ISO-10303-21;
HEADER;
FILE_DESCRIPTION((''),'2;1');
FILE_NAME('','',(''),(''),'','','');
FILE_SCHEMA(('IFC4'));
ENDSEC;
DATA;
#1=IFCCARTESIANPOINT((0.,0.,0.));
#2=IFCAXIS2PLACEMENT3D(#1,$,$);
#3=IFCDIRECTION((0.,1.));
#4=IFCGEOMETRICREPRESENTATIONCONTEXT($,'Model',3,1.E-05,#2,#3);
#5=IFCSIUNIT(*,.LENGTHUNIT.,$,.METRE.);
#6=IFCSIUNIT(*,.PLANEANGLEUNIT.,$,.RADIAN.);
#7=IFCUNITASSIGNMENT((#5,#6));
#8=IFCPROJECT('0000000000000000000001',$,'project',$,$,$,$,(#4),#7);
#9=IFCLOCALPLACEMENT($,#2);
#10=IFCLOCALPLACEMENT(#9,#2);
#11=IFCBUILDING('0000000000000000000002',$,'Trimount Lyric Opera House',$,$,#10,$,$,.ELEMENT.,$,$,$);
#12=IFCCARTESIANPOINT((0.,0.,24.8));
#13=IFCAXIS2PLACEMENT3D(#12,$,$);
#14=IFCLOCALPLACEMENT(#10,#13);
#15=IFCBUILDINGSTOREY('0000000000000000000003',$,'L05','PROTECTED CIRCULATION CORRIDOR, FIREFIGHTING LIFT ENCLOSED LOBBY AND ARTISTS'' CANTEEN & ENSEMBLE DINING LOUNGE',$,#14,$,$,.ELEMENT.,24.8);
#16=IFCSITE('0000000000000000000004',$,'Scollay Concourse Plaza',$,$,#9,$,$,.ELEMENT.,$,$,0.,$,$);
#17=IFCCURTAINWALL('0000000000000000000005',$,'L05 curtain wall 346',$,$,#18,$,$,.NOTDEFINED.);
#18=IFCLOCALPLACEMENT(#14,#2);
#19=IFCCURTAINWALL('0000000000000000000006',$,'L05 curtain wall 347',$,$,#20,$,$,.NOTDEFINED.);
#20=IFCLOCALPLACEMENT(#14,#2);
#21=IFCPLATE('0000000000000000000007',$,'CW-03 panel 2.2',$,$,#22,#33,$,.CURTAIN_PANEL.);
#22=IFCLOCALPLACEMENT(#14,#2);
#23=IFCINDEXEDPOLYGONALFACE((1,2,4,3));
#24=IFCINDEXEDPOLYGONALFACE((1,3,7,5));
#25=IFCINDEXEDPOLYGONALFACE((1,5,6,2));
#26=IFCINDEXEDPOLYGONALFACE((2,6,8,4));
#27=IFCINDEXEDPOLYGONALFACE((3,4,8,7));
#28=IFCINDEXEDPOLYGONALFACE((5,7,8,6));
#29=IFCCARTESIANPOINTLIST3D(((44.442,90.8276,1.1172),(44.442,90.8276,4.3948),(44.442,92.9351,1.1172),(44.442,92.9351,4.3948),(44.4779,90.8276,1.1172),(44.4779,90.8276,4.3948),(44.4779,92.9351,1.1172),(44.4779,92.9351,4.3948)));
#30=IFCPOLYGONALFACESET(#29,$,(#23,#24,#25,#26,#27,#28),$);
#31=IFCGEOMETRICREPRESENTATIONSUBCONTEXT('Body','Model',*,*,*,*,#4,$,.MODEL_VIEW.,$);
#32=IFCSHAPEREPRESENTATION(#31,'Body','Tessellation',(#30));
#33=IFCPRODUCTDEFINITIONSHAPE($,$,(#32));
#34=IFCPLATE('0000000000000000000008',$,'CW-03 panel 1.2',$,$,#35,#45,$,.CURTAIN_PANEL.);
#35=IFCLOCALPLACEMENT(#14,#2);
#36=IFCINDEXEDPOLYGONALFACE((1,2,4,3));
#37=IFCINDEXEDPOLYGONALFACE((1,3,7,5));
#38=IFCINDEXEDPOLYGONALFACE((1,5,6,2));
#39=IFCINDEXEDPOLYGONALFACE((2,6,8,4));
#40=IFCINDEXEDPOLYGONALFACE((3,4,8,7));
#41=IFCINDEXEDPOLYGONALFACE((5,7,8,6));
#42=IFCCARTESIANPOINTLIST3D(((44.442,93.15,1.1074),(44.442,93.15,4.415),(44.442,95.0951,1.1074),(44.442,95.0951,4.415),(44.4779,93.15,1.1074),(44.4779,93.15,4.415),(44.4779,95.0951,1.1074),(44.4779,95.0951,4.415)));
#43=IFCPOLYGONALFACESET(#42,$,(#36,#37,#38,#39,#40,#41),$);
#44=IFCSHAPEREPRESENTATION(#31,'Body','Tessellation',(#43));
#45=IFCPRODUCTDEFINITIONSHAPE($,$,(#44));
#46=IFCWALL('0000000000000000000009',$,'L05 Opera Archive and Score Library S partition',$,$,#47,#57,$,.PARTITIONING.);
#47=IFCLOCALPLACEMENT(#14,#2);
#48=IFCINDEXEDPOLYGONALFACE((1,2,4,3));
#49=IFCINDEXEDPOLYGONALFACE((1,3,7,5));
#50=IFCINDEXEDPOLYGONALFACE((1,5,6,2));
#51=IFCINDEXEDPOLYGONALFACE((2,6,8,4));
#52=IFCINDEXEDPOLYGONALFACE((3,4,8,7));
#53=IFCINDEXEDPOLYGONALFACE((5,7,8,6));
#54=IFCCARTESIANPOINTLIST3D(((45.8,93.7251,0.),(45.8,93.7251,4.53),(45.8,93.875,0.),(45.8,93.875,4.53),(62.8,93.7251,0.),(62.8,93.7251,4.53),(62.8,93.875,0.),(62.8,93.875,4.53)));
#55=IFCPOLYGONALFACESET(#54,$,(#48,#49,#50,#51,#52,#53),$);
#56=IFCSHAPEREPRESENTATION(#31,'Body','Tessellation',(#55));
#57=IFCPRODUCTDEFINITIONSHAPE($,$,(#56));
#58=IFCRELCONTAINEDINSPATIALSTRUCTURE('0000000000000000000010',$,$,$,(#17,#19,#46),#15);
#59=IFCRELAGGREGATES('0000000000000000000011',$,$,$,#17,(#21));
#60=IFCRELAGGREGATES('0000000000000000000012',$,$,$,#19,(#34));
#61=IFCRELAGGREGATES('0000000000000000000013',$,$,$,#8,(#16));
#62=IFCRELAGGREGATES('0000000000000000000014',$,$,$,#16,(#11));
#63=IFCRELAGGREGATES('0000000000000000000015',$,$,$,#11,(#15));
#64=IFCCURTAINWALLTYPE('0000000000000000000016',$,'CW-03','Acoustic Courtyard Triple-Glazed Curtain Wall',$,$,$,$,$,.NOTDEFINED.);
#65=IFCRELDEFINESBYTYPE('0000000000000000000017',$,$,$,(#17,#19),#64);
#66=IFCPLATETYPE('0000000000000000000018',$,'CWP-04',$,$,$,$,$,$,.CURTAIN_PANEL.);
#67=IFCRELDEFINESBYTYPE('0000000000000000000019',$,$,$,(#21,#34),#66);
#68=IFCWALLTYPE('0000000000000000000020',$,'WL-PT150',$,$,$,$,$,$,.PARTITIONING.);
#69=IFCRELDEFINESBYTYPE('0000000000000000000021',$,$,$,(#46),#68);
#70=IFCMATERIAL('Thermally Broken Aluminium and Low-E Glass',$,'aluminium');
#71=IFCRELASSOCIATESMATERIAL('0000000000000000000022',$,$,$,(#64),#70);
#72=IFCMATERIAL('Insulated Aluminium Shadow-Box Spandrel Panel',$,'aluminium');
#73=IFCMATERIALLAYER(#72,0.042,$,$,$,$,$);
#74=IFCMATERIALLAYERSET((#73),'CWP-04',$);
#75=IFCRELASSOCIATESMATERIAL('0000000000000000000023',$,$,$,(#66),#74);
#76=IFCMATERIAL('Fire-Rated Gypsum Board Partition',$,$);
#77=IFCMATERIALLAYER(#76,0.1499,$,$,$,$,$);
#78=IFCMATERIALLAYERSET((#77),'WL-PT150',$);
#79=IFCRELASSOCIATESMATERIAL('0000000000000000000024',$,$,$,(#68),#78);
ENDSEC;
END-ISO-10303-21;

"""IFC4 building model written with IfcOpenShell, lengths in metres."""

from ifc_helpers import new_model, si_unit, direction, frame, frame_2d, origin, origin_2d, place, context, subcontext, project, spatial, rectangle, extrude, material, layer, layer_set, type_object, element, aggregate, save


model = new_model("IFC4")

# Units and contexts
model_context = context("Model", 3, precision=1e-05, world=origin(), true_north=direction((0.0, 1.0)))
body_context = subcontext(model_context, "Body", "Model", "MODEL_VIEW")
ifc_project = project(units=[si_unit("LENGTHUNIT", "METRE"), si_unit("PLANEANGLEUNIT", "RADIAN")], contexts=[model_context])

# Site, building, storey
site_placement = place(None, origin())
site = spatial("IfcSite", under=ifc_project, at=site_placement, Name="Scollay Concourse Plaza", CompositionType="ELEMENT", RefElevation=0.0)
building_placement = place(site_placement, origin())
building = spatial("IfcBuilding", under=site, at=building_placement, Name="Trimount Lyric Opera House", CompositionType="ELEMENT")
storey_placement = place(building_placement, frame((0.0, 0.0, 24.8)))
storey = spatial("IfcBuildingStorey", under=building, at=storey_placement, Name="L05", Description="PROTECTED CIRCULATION CORRIDOR, FIREFIGHTING LIFT ENCLOSED LOBBY AND ARTISTS' CANTEEN & ENSEMBLE DINING LOUNGE", CompositionType="ELEMENT", Elevation=24.8)

# Curtain wall
ifc_material_1 = material(Name="Thermally Broken Aluminium and Low-E Glass", Category="aluminium")
curtain_wall_type = type_object("IfcCurtainWallType", Name="CW-03", Description="Acoustic Courtyard Triple-Glazed Curtain Wall", PredefinedType="NOTDEFINED", material=ifc_material_1)
curtain_wall_1_placement = place(storey_placement, origin())
curtain_wall_1 = element("IfcCurtainWall", 1, at=curtain_wall_1_placement, inside=storey, type_object=curtain_wall_type, Name="L05 curtain wall 346", PredefinedType="NOTDEFINED")

# Curtain wall
curtain_wall_2_placement = place(storey_placement, origin())
curtain_wall_2 = element("IfcCurtainWall", 2, at=curtain_wall_2_placement, inside=storey, type_object=curtain_wall_type, Name="L05 curtain wall 347", PredefinedType="NOTDEFINED")

# Plates
ifc_material_2 = material(Name="Insulated Aluminium Shadow-Box Spandrel Panel", Category="aluminium")
ifc_layer_1 = layer(ifc_material_2, 0.042)
ifc_layer_set_1 = layer_set([ifc_layer_1], Name="CWP-04")
plate_type_1 = type_object("IfcPlateType", Name="CWP-04", PredefinedType="CURTAIN_PANEL", material=ifc_layer_set_1)
plate_1_placement = place(storey_placement, frame((44.46, 91.8813, 1.1172), z_axis=(0.0, 0.0, 1.0), x_axis=(0.0, 1.0, 0.0)))
plate_1 = element("IfcPlate", 3, at=plate_1_placement, type_object=plate_type_1, Name="CW-03 panel 2.2", PredefinedType="CURTAIN_PANEL", context=body_context, shape_type="SweptSolid", body=[
    extrude(rectangle(XDim=2.1074, YDim=0.0359, at=origin_2d()), origin(), (0.0, 0.0, 1.0), 3.2776),
])
aggregate(curtain_wall_1, [plate_1])
plate_2_placement = place(storey_placement, frame((44.46, 94.1226, 1.1074), z_axis=(0.0, 0.0, 1.0), x_axis=(0.0, 1.0, 0.0)))
plate_2 = element("IfcPlate", 4, at=plate_2_placement, type_object=plate_type_1, Name="CW-03 panel 1.2", PredefinedType="CURTAIN_PANEL", context=body_context, shape_type="SweptSolid", body=[
    extrude(rectangle(XDim=1.9451, YDim=0.0359, at=origin_2d()), origin(), (0.0, 0.0, 1.0), 3.3076),
])
aggregate(curtain_wall_2, [plate_2])

# Wall
ifc_material_3 = material(Name="Fire-Rated Gypsum Board Partition")
ifc_layer_2 = layer(ifc_material_3, 0.1499)
ifc_layer_set_2 = layer_set([ifc_layer_2], Name="WL-PT150")
wall_type = type_object("IfcWallType", Name="WL-PT150", PredefinedType="PARTITIONING", material=ifc_layer_set_2)
wall_placement = place(storey_placement, frame((45.8, 93.8, 0.0), z_axis=(0.0, 0.0, 1.0), x_axis=(1.0, 0.0, 0.0)))
element("IfcWall", 5, at=wall_placement, inside=storey, type_object=wall_type, Name="L05 Opera Archive and Score Library S partition", PredefinedType="PARTITIONING", context=body_context, shape_type="SweptSolid", body=[
    extrude(rectangle(XDim=17.0, YDim=0.1499, at=frame_2d((8.5, 0.0))), origin(), (0.0, 0.0, 1.0), 4.53),
])

save(model, "model.ifc")
